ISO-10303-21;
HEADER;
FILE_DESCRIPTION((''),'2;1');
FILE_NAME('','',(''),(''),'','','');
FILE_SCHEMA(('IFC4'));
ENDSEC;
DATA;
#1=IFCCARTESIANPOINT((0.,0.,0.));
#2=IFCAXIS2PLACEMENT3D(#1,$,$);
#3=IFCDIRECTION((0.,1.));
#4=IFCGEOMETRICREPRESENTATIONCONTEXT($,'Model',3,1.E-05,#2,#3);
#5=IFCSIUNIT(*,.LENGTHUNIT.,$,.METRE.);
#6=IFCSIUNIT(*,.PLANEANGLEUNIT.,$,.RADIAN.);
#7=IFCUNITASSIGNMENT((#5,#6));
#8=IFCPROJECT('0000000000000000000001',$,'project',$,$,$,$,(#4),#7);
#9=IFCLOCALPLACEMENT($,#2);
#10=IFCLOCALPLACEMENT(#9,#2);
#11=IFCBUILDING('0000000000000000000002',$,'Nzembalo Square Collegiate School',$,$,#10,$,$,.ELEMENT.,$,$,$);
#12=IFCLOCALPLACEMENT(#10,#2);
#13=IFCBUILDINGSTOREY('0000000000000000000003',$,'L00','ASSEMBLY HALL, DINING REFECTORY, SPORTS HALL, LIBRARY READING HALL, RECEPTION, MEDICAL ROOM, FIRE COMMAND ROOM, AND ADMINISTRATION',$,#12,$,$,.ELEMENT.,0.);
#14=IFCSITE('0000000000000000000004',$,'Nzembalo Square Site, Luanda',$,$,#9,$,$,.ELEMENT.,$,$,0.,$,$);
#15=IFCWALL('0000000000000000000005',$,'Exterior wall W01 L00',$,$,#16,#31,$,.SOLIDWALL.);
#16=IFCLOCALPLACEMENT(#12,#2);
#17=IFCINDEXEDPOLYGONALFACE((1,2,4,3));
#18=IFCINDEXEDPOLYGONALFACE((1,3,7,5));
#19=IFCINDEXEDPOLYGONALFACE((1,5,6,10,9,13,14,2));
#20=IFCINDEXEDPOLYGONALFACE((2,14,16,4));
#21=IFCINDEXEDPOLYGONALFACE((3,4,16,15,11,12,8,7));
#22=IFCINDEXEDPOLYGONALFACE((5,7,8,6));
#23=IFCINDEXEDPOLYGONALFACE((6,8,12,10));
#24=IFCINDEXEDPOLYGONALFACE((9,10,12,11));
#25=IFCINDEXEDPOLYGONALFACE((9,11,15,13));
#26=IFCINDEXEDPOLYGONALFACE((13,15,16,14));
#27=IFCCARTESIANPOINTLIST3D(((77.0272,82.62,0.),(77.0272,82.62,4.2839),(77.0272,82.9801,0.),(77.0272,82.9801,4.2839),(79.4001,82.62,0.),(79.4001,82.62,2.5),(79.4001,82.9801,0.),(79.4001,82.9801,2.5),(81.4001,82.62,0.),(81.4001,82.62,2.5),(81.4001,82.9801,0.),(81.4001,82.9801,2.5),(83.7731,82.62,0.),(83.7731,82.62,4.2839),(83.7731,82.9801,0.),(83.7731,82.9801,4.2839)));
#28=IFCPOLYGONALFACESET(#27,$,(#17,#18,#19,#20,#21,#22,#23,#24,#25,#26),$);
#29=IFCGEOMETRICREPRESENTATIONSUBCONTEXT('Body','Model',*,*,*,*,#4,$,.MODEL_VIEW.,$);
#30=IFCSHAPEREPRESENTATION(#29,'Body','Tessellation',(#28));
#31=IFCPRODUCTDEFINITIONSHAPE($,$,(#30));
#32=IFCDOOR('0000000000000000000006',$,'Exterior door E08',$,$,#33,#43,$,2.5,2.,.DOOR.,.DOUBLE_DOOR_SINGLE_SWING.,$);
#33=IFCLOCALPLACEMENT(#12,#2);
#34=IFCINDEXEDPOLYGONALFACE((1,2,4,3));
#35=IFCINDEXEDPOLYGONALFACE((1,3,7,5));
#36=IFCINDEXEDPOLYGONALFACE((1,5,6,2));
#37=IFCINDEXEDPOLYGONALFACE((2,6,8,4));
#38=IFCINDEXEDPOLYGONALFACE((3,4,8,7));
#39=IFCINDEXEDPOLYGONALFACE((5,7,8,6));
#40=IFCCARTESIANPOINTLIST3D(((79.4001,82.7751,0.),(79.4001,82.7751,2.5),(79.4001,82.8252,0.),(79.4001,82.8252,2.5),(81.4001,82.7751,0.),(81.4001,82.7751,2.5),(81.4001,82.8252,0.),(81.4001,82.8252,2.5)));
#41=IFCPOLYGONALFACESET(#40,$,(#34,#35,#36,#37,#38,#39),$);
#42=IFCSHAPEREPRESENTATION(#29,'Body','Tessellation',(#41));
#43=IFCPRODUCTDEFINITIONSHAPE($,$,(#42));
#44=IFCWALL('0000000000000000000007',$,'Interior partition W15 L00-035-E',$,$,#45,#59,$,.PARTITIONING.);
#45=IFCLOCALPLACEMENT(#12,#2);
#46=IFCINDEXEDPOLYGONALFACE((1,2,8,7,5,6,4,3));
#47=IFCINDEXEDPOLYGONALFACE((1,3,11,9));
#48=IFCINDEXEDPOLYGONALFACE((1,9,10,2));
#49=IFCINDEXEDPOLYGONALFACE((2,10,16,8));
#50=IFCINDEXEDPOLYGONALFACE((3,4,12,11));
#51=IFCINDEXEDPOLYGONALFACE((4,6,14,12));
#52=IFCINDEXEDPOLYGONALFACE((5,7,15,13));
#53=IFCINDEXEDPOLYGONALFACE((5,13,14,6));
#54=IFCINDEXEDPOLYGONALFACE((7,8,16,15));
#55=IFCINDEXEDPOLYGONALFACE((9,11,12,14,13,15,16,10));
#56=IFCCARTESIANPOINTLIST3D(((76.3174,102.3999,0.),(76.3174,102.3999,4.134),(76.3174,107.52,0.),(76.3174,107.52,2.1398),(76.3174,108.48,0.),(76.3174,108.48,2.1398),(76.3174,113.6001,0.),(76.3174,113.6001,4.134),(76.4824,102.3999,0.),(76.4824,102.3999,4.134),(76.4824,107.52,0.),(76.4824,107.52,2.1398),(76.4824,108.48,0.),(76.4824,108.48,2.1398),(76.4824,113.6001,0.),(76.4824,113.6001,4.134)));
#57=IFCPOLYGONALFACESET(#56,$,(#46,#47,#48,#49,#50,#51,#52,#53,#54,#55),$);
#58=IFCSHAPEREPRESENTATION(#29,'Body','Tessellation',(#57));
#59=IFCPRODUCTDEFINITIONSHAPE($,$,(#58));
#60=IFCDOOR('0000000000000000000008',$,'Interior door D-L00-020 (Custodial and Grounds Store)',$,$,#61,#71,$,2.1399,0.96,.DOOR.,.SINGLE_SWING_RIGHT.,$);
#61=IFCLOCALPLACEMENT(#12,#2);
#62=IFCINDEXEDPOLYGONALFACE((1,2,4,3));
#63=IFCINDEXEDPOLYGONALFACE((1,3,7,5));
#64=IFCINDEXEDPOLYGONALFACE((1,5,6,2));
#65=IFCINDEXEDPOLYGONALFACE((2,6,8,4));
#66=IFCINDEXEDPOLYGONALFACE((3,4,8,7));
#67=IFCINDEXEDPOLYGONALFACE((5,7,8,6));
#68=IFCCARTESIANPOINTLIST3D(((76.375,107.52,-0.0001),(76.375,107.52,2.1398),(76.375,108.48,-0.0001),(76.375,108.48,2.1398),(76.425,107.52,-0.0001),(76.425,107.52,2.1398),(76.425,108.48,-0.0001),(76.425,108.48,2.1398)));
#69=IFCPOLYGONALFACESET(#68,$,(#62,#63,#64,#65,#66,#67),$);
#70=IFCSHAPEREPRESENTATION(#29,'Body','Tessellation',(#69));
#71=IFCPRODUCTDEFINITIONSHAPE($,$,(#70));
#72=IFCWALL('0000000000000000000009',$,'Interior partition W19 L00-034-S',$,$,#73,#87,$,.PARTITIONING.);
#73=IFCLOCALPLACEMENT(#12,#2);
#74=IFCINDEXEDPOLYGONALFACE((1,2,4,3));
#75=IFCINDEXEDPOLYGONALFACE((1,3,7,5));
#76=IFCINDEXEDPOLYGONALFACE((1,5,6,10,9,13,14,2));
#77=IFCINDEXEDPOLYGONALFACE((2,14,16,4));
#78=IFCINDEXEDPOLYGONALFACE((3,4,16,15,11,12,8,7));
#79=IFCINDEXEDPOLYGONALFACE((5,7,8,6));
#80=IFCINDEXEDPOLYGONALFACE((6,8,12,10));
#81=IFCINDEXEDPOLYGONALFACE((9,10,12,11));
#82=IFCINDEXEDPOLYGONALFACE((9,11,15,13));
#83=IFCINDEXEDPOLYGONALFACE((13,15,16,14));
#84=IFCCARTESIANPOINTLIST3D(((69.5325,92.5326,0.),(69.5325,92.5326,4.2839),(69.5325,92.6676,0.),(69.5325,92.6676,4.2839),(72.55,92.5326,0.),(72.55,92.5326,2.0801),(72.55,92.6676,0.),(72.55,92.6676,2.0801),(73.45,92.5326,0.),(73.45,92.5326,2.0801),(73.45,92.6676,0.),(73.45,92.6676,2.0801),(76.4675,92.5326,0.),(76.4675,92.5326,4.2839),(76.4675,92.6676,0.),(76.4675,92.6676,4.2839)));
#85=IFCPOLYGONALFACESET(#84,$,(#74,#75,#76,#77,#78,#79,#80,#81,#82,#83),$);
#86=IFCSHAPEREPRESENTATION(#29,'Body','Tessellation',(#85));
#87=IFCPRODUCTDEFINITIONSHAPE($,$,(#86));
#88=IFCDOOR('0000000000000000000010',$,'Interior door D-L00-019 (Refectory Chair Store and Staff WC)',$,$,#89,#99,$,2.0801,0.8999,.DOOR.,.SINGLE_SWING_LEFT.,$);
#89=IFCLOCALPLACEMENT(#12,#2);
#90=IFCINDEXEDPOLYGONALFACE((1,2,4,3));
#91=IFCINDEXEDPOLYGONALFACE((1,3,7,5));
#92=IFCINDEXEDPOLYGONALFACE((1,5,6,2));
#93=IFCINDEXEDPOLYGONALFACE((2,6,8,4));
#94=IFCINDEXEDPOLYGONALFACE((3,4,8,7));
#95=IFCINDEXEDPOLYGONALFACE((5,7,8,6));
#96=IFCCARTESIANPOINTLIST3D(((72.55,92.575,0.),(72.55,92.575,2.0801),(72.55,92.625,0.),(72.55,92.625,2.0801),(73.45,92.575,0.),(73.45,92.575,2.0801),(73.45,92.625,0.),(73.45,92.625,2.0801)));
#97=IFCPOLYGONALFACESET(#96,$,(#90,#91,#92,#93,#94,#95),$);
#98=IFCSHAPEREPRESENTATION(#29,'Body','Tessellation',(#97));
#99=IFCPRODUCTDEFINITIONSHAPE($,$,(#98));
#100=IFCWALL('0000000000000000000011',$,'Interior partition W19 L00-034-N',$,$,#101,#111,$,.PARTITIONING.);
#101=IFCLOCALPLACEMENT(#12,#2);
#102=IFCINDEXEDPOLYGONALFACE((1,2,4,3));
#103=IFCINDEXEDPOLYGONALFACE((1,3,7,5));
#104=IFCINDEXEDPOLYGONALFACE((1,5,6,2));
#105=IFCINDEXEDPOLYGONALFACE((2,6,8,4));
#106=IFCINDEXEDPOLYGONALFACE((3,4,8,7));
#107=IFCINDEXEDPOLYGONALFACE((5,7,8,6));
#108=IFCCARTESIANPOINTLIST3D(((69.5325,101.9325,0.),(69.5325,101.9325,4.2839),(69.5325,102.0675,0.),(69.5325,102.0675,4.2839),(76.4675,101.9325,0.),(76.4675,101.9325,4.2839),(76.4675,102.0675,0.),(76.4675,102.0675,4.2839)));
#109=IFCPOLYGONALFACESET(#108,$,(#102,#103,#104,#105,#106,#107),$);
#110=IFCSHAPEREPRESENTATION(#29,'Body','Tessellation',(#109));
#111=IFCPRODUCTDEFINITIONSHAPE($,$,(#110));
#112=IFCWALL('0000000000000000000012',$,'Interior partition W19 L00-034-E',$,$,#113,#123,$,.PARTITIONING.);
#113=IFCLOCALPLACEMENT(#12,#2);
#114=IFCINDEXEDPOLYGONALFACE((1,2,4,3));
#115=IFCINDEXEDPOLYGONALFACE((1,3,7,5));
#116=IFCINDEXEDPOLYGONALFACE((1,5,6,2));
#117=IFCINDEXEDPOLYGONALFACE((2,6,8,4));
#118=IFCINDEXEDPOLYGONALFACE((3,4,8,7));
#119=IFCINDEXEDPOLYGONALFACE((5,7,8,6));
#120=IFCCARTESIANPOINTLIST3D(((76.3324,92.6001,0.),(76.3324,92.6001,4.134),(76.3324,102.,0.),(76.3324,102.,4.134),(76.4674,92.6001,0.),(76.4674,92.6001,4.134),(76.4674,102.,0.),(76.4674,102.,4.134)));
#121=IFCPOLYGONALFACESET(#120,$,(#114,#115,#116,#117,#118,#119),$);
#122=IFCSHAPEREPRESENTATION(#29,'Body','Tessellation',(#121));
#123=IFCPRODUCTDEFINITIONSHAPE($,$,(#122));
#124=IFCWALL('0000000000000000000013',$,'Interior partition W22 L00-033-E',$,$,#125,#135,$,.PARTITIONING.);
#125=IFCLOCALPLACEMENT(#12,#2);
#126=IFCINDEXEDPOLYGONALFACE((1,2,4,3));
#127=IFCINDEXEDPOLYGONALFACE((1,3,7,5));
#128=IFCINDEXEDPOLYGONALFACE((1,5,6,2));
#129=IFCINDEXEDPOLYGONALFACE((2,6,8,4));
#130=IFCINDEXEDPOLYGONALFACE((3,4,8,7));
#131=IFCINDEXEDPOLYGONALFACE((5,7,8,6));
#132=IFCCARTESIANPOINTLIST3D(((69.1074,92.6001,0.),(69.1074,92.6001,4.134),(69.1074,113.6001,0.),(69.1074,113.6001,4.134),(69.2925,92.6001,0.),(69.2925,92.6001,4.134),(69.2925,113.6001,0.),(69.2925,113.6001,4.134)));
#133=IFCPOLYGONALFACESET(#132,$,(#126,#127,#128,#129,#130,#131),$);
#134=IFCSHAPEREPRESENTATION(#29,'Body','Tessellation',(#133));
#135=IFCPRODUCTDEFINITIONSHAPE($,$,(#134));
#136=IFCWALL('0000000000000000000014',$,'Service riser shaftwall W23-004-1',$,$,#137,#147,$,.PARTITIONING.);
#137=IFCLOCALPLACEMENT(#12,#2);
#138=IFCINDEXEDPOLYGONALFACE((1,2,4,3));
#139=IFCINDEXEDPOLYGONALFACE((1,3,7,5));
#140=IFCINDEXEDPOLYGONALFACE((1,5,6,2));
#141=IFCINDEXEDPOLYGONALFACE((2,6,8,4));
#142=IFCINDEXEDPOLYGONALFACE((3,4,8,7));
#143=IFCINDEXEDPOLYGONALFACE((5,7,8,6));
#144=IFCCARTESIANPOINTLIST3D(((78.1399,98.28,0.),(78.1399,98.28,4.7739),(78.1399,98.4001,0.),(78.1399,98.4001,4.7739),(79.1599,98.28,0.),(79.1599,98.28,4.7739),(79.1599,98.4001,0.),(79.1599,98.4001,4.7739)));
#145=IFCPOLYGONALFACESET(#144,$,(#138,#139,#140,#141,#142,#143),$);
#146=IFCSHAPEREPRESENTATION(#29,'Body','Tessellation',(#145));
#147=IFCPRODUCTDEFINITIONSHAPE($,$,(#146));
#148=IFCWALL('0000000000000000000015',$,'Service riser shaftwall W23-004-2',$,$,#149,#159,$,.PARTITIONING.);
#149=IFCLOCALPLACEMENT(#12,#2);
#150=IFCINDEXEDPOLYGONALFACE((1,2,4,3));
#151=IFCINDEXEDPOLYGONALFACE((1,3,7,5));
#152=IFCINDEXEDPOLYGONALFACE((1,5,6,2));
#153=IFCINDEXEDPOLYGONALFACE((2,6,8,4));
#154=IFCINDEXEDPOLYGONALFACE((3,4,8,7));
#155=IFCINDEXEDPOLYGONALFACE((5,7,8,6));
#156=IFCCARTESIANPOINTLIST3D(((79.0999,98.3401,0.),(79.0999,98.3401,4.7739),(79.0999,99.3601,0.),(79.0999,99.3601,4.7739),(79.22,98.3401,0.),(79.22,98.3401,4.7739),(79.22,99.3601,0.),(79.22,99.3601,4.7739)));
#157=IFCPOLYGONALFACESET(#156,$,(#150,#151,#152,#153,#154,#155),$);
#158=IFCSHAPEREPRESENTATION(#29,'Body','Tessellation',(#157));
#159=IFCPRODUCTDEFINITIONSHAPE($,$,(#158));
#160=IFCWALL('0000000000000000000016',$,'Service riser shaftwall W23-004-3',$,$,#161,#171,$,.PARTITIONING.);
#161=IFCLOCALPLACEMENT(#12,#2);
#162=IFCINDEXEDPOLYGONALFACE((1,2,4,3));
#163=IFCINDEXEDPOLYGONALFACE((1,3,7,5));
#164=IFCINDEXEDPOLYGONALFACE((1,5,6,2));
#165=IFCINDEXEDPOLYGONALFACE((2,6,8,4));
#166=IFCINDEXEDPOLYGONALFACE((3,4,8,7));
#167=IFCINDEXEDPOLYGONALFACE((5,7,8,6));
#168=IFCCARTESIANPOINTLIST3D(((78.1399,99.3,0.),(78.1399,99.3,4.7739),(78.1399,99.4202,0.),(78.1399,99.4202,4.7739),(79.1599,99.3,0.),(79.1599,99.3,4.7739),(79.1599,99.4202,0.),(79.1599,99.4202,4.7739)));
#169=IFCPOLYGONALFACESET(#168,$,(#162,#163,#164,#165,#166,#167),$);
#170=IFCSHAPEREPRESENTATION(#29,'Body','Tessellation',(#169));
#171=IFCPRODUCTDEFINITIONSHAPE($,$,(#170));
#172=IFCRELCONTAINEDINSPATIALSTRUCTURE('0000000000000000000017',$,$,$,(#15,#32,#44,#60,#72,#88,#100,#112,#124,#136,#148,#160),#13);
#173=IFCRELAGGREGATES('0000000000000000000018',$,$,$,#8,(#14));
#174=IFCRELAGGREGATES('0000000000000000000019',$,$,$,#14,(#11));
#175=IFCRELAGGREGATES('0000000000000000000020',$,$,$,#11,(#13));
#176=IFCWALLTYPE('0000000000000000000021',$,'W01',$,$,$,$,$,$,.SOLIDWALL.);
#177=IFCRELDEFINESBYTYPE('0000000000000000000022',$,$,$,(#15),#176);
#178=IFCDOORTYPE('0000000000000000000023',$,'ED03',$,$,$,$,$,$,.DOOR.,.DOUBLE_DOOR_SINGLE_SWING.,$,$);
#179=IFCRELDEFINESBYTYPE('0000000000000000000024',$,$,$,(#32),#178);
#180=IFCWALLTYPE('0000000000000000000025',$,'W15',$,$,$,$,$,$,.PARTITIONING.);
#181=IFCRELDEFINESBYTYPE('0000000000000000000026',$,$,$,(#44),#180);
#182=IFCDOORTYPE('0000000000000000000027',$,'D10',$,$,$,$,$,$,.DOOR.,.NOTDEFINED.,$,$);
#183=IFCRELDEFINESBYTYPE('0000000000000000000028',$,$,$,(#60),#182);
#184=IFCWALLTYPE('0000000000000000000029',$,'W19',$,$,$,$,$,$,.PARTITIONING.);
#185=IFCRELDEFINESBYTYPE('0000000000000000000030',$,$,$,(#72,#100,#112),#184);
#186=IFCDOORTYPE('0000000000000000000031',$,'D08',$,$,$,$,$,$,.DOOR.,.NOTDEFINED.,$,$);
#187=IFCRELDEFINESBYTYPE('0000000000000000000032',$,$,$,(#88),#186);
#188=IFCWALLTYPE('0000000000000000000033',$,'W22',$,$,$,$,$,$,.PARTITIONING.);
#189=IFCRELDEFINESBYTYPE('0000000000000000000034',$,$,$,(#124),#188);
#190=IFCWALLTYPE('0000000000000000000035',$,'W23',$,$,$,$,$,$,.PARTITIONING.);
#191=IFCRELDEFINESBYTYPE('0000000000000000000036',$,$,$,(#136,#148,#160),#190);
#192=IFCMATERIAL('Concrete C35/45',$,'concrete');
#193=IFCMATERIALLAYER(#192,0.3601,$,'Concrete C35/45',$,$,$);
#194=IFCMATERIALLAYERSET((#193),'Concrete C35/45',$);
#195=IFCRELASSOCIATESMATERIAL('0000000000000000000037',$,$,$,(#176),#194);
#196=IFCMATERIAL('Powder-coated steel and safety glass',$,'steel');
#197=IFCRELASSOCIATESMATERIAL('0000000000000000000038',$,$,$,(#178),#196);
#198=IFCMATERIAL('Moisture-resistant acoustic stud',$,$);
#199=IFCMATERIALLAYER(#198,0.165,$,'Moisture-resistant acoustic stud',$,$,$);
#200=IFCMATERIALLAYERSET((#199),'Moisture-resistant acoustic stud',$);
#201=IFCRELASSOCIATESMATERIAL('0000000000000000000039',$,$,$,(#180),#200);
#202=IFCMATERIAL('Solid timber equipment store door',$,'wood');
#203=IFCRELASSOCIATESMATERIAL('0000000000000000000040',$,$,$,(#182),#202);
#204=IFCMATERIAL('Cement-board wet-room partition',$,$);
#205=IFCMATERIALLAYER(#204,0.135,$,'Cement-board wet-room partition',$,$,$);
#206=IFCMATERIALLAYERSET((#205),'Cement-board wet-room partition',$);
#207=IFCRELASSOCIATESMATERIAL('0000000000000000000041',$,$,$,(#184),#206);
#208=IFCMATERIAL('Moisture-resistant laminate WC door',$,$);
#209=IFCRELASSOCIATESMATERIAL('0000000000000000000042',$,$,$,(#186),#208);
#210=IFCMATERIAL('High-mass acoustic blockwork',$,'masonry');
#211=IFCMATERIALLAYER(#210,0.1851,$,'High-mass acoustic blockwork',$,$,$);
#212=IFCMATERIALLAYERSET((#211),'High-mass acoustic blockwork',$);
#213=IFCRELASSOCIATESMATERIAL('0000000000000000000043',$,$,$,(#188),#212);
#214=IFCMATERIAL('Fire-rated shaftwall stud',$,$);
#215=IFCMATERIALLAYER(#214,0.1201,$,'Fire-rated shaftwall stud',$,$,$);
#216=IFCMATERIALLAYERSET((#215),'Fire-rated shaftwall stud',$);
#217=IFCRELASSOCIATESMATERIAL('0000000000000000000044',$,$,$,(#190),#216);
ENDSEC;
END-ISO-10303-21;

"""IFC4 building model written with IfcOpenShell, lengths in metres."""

from ifc_helpers import new_model, si_unit, direction, frame, frame_2d, origin, place, context, subcontext, project, spatial, rectangle, extrude, material, layer, layer_set, type_object, element, fill, save


model = new_model("IFC4")

# Units and contexts
model_context = context("Model", 3, precision=1e-05, world=origin(), true_north=direction((0.0, 1.0)))
body_context = subcontext(model_context, "Body", "Model", "MODEL_VIEW")
ifc_project = project(units=[si_unit("LENGTHUNIT", "METRE"), si_unit("PLANEANGLEUNIT", "RADIAN")], contexts=[model_context])

# Site, building, storey
site_placement = place(None, origin())
site = spatial("IfcSite", under=ifc_project, at=site_placement, Name="Nzembalo Square Site, Luanda", CompositionType="ELEMENT", RefElevation=0.0)
building_placement = place(site_placement, origin())
building = spatial("IfcBuilding", under=site, at=building_placement, Name="Nzembalo Square Collegiate School", CompositionType="ELEMENT")
storey_placement = place(building_placement, origin())
storey = spatial("IfcBuildingStorey", under=building, at=storey_placement, Name="L00", Description="ASSEMBLY HALL, DINING REFECTORY, SPORTS HALL, LIBRARY READING HALL, RECEPTION, MEDICAL ROOM, FIRE COMMAND ROOM, AND ADMINISTRATION", CompositionType="ELEMENT", Elevation=0.0)

# Walls, openings, doors
ifc_material_1 = material(Name="Concrete C35/45", Category="concrete")
ifc_layer_1 = layer(ifc_material_1, 0.3601, Name="Concrete C35/45")
ifc_layer_set_1 = layer_set([ifc_layer_1], Name="Concrete C35/45")
wall_type_1 = type_object("IfcWallType", Name="W01", PredefinedType="SOLIDWALL", material=ifc_layer_set_1)
wall_1_placement = place(storey_placement, frame((77.0271, 82.8, 0.0), z_axis=(0.0, 0.0, 1.0), x_axis=(1.0, 0.0, 0.0)))
wall_1 = element("IfcWall", 1, at=wall_1_placement, inside=storey, type_object=wall_type_1, Name="Exterior wall W01 L00", PredefinedType="SOLIDWALL", context=body_context, shape_type="SweptSolid", body=[
    extrude(rectangle(XDim=6.7458, YDim=0.3601, at=frame_2d((3.373, 0.0))), origin(), (0.0, 0.0, 1.0), 4.2839),
])
opening_1_placement = place(wall_1_placement, frame((2.373, 0.0, 0.0)))
opening_1 = element("IfcOpeningElement", 2, at=opening_1_placement, cuts=wall_1, PredefinedType="OPENING", context=body_context, shape_type="SweptSolid", body=[
    extrude(rectangle(XDim=2.0, YDim=2.5, at=frame_2d((1.0, 1.25))), frame((0.0, 0.1899, 0.0), z_axis=(0.0, -1.0, 0.0), x_axis=(1.0, 0.0, 0.0)), (0.0, 0.0, 1.0), 0.3801),
])
ifc_material_2 = material(Name="Powder-coated steel and safety glass", Category="steel")
door_type_1 = type_object("IfcDoorType", Name="ED03", OperationType="DOUBLE_DOOR_SINGLE_SWING", PredefinedType="DOOR", material=ifc_material_2)
door_1_placement = place(opening_1_placement, frame((2.0, 0.0, 0.0), z_axis=(0.0, 0.0, 1.0), x_axis=(-1.0, 0.0, 0.0)))
door_1 = element("IfcDoor", 3, at=door_1_placement, inside=storey, type_object=door_type_1, Name="Exterior door E08", OperationType="DOUBLE_DOOR_SINGLE_SWING", OverallHeight=2.5, OverallWidth=2.0, PredefinedType="DOOR", context=body_context, shape_type="SweptSolid", body=[
    extrude(rectangle(XDim=2.0, YDim=2.5, at=frame_2d((1.0, 1.25))), frame((0.0, 0.0249, 0.0), z_axis=(0.0, -1.0, 0.0), x_axis=(1.0, 0.0, 0.0)), (0.0, 0.0, 1.0), 0.05),
])
fill(opening_1, door_1)
ifc_material_3 = material(Name="Moisture-resistant acoustic stud")
ifc_layer_2 = layer(ifc_material_3, 0.165, Name="Moisture-resistant acoustic stud")
ifc_layer_set_2 = layer_set([ifc_layer_2], Name="Moisture-resistant acoustic stud")
wall_type_2 = type_object("IfcWallType", Name="W15", PredefinedType="PARTITIONING", material=ifc_layer_set_2)
wall_2_placement = place(storey_placement, frame((76.3999, 102.3999, 0.0), z_axis=(0.0, 0.0, 1.0), x_axis=(0.0, 1.0, 0.0)))
wall_2 = element("IfcWall", 4, at=wall_2_placement, inside=storey, type_object=wall_type_2, Name="Interior partition W15 L00-035-E", PredefinedType="PARTITIONING", context=body_context, shape_type="SweptSolid", body=[
    extrude(rectangle(XDim=11.2002, YDim=0.165, at=frame_2d((5.6001, 0.0))), origin(), (0.0, 0.0, 1.0), 4.134),
])
opening_2_placement = place(wall_2_placement, frame((5.1201, 0.0, 0.0)))
opening_2 = element("IfcOpeningElement", 5, at=opening_2_placement, cuts=wall_2, PredefinedType="OPENING", context=body_context, shape_type="SweptSolid", body=[
    extrude(rectangle(XDim=0.96, YDim=2.1399, at=frame_2d((0.48, 1.0698))), frame((0.0, 0.0925, 0.0), z_axis=(0.0, -1.0, 0.0), x_axis=(1.0, 0.0, 0.0)), (0.0, 0.0, 1.0), 0.1851),
])
ifc_material_4 = material(Name="Solid timber equipment store door", Category="wood")
door_type_2 = type_object("IfcDoorType", Name="D10", OperationType="NOTDEFINED", PredefinedType="DOOR", material=ifc_material_4)
door_2_placement = place(opening_2_placement, origin())
door_2 = element("IfcDoor", 6, at=door_2_placement, inside=storey, type_object=door_type_2, Name="Interior door D-L00-020 (Custodial and Grounds Store)", OperationType="SINGLE_SWING_RIGHT", OverallHeight=2.1399, OverallWidth=0.96, PredefinedType="DOOR", context=body_context, shape_type="SweptSolid", body=[
    extrude(rectangle(XDim=0.96, YDim=2.1399, at=frame_2d((0.48, 1.0698))), frame((0.0, 0.0249, 0.0), z_axis=(0.0, -1.0, 0.0), x_axis=(1.0, 0.0, 0.0)), (0.0, 0.0, 1.0), 0.05),
])
fill(opening_2, door_2)
ifc_material_5 = material(Name="Cement-board wet-room partition")
ifc_layer_3 = layer(ifc_material_5, 0.135, Name="Cement-board wet-room partition")
ifc_layer_set_3 = layer_set([ifc_layer_3], Name="Cement-board wet-room partition")
wall_type_3 = type_object("IfcWallType", Name="W19", PredefinedType="PARTITIONING", material=ifc_layer_set_3)
wall_3_placement = place(storey_placement, frame((69.5325, 92.6001, 0.0), z_axis=(0.0, 0.0, 1.0), x_axis=(1.0, 0.0, 0.0)))
wall_3 = element("IfcWall", 7, at=wall_3_placement, inside=storey, type_object=wall_type_3, Name="Interior partition W19 L00-034-S", PredefinedType="PARTITIONING", context=body_context, shape_type="SweptSolid", body=[
    extrude(rectangle(XDim=6.9351, YDim=0.135, at=frame_2d((3.4675, 0.0))), origin(), (0.0, 0.0, 1.0), 4.2839),
])
opening_3_placement = place(wall_3_placement, frame((3.0176, 0.0, 0.0)))
opening_3 = element("IfcOpeningElement", 8, at=opening_3_placement, cuts=wall_3, PredefinedType="OPENING", context=body_context, shape_type="SweptSolid", body=[
    extrude(rectangle(XDim=0.8999, YDim=2.0801, at=frame_2d((0.45, 1.04))), frame((0.0, 0.0776, 0.0), z_axis=(0.0, -1.0, 0.0), x_axis=(1.0, 0.0, 0.0)), (0.0, 0.0, 1.0), 0.155),
])
ifc_material_6 = material(Name="Moisture-resistant laminate WC door")
door_type_3 = type_object("IfcDoorType", Name="D08", OperationType="NOTDEFINED", PredefinedType="DOOR", material=ifc_material_6)
door_3_placement = place(opening_3_placement, origin())
door_3 = element("IfcDoor", 9, at=door_3_placement, inside=storey, type_object=door_type_3, Name="Interior door D-L00-019 (Refectory Chair Store and Staff WC)", OperationType="SINGLE_SWING_LEFT", OverallHeight=2.0801, OverallWidth=0.8999, PredefinedType="DOOR", context=body_context, shape_type="SweptSolid", body=[
    extrude(rectangle(XDim=0.8999, YDim=2.0801, at=frame_2d((0.45, 1.04))), frame((0.0, 0.0249, 0.0), z_axis=(0.0, -1.0, 0.0), x_axis=(1.0, 0.0, 0.0)), (0.0, 0.0, 1.0), 0.05),
])
fill(opening_3, door_3)

# Walls
wall_4_placement = place(storey_placement, frame((69.5325, 102.0, 0.0), z_axis=(0.0, 0.0, 1.0), x_axis=(1.0, 0.0, 0.0)))
element("IfcWall", 10, at=wall_4_placement, inside=storey, type_object=wall_type_3, Name="Interior partition W19 L00-034-N", PredefinedType="PARTITIONING", context=body_context, shape_type="SweptSolid", body=[
    extrude(rectangle(XDim=6.9351, YDim=0.135, at=frame_2d((3.4675, 0.0))), origin(), (0.0, 0.0, 1.0), 4.2839),
])
wall_5_placement = place(storey_placement, frame((76.3999, 92.6001, 0.0), z_axis=(0.0, 0.0, 1.0), x_axis=(0.0, 1.0, 0.0)))
element("IfcWall", 11, at=wall_5_placement, inside=storey, type_object=wall_type_3, Name="Interior partition W19 L00-034-E", PredefinedType="PARTITIONING", context=body_context, shape_type="SweptSolid", body=[
    extrude(rectangle(XDim=9.3999, YDim=0.135, at=frame_2d((4.7, 0.0))), origin(), (0.0, 0.0, 1.0), 4.134),
])
ifc_material_7 = material(Name="High-mass acoustic blockwork", Category="masonry")
ifc_layer_4 = layer(ifc_material_7, 0.1851, Name="High-mass acoustic blockwork")
ifc_layer_set_4 = layer_set([ifc_layer_4], Name="High-mass acoustic blockwork")
wall_type_4 = type_object("IfcWallType", Name="W22", PredefinedType="PARTITIONING", material=ifc_layer_set_4)
wall_6_placement = place(storey_placement, frame((69.2, 92.6001, 0.0), z_axis=(0.0, 0.0, 1.0), x_axis=(0.0, 1.0, 0.0)))
element("IfcWall", 12, at=wall_6_placement, inside=storey, type_object=wall_type_4, Name="Interior partition W22 L00-033-E", PredefinedType="PARTITIONING", context=body_context, shape_type="SweptSolid", body=[
    extrude(rectangle(XDim=21.0, YDim=0.1851, at=frame_2d((10.5, 0.0))), origin(), (0.0, 0.0, 1.0), 4.134),
])
ifc_material_8 = material(Name="Fire-rated shaftwall stud")
ifc_layer_5 = layer(ifc_material_8, 0.1201, Name="Fire-rated shaftwall stud")
ifc_layer_set_5 = layer_set([ifc_layer_5], Name="Fire-rated shaftwall stud")
wall_type_5 = type_object("IfcWallType", Name="W23", PredefinedType="PARTITIONING", material=ifc_layer_set_5)
for number, where, z_axis, x_axis, name in (
    (13, (78.1399, 98.3401, 0.0), (0.0, 0.0, 1.0), (1.0, 0.0, 0.0), "Service riser shaftwall W23-004-1"),
    (14, (79.1599, 98.3401, 0.0), (0.0, 0.0, 1.0), (0.0, 1.0, 0.0), "Service riser shaftwall W23-004-2"),
    (15, (79.1599, 99.3601, 0.0), (0.0, 0.0, 1.0), (-1.0, 0.0, 0.0), "Service riser shaftwall W23-004-3"),
):
    element("IfcWall", number, at=place(storey_placement, frame(where, z_axis=z_axis, x_axis=x_axis)), inside=storey, type_object=wall_type_5, Name=name, PredefinedType="PARTITIONING", context=body_context, shape_type="SweptSolid", body=[
        extrude(rectangle(XDim=1.02, YDim=0.1201, at=frame_2d((0.51, 0.0))), origin(), (0.0, 0.0, 1.0), 4.7739),
    ])

save(model, "model.ifc")
